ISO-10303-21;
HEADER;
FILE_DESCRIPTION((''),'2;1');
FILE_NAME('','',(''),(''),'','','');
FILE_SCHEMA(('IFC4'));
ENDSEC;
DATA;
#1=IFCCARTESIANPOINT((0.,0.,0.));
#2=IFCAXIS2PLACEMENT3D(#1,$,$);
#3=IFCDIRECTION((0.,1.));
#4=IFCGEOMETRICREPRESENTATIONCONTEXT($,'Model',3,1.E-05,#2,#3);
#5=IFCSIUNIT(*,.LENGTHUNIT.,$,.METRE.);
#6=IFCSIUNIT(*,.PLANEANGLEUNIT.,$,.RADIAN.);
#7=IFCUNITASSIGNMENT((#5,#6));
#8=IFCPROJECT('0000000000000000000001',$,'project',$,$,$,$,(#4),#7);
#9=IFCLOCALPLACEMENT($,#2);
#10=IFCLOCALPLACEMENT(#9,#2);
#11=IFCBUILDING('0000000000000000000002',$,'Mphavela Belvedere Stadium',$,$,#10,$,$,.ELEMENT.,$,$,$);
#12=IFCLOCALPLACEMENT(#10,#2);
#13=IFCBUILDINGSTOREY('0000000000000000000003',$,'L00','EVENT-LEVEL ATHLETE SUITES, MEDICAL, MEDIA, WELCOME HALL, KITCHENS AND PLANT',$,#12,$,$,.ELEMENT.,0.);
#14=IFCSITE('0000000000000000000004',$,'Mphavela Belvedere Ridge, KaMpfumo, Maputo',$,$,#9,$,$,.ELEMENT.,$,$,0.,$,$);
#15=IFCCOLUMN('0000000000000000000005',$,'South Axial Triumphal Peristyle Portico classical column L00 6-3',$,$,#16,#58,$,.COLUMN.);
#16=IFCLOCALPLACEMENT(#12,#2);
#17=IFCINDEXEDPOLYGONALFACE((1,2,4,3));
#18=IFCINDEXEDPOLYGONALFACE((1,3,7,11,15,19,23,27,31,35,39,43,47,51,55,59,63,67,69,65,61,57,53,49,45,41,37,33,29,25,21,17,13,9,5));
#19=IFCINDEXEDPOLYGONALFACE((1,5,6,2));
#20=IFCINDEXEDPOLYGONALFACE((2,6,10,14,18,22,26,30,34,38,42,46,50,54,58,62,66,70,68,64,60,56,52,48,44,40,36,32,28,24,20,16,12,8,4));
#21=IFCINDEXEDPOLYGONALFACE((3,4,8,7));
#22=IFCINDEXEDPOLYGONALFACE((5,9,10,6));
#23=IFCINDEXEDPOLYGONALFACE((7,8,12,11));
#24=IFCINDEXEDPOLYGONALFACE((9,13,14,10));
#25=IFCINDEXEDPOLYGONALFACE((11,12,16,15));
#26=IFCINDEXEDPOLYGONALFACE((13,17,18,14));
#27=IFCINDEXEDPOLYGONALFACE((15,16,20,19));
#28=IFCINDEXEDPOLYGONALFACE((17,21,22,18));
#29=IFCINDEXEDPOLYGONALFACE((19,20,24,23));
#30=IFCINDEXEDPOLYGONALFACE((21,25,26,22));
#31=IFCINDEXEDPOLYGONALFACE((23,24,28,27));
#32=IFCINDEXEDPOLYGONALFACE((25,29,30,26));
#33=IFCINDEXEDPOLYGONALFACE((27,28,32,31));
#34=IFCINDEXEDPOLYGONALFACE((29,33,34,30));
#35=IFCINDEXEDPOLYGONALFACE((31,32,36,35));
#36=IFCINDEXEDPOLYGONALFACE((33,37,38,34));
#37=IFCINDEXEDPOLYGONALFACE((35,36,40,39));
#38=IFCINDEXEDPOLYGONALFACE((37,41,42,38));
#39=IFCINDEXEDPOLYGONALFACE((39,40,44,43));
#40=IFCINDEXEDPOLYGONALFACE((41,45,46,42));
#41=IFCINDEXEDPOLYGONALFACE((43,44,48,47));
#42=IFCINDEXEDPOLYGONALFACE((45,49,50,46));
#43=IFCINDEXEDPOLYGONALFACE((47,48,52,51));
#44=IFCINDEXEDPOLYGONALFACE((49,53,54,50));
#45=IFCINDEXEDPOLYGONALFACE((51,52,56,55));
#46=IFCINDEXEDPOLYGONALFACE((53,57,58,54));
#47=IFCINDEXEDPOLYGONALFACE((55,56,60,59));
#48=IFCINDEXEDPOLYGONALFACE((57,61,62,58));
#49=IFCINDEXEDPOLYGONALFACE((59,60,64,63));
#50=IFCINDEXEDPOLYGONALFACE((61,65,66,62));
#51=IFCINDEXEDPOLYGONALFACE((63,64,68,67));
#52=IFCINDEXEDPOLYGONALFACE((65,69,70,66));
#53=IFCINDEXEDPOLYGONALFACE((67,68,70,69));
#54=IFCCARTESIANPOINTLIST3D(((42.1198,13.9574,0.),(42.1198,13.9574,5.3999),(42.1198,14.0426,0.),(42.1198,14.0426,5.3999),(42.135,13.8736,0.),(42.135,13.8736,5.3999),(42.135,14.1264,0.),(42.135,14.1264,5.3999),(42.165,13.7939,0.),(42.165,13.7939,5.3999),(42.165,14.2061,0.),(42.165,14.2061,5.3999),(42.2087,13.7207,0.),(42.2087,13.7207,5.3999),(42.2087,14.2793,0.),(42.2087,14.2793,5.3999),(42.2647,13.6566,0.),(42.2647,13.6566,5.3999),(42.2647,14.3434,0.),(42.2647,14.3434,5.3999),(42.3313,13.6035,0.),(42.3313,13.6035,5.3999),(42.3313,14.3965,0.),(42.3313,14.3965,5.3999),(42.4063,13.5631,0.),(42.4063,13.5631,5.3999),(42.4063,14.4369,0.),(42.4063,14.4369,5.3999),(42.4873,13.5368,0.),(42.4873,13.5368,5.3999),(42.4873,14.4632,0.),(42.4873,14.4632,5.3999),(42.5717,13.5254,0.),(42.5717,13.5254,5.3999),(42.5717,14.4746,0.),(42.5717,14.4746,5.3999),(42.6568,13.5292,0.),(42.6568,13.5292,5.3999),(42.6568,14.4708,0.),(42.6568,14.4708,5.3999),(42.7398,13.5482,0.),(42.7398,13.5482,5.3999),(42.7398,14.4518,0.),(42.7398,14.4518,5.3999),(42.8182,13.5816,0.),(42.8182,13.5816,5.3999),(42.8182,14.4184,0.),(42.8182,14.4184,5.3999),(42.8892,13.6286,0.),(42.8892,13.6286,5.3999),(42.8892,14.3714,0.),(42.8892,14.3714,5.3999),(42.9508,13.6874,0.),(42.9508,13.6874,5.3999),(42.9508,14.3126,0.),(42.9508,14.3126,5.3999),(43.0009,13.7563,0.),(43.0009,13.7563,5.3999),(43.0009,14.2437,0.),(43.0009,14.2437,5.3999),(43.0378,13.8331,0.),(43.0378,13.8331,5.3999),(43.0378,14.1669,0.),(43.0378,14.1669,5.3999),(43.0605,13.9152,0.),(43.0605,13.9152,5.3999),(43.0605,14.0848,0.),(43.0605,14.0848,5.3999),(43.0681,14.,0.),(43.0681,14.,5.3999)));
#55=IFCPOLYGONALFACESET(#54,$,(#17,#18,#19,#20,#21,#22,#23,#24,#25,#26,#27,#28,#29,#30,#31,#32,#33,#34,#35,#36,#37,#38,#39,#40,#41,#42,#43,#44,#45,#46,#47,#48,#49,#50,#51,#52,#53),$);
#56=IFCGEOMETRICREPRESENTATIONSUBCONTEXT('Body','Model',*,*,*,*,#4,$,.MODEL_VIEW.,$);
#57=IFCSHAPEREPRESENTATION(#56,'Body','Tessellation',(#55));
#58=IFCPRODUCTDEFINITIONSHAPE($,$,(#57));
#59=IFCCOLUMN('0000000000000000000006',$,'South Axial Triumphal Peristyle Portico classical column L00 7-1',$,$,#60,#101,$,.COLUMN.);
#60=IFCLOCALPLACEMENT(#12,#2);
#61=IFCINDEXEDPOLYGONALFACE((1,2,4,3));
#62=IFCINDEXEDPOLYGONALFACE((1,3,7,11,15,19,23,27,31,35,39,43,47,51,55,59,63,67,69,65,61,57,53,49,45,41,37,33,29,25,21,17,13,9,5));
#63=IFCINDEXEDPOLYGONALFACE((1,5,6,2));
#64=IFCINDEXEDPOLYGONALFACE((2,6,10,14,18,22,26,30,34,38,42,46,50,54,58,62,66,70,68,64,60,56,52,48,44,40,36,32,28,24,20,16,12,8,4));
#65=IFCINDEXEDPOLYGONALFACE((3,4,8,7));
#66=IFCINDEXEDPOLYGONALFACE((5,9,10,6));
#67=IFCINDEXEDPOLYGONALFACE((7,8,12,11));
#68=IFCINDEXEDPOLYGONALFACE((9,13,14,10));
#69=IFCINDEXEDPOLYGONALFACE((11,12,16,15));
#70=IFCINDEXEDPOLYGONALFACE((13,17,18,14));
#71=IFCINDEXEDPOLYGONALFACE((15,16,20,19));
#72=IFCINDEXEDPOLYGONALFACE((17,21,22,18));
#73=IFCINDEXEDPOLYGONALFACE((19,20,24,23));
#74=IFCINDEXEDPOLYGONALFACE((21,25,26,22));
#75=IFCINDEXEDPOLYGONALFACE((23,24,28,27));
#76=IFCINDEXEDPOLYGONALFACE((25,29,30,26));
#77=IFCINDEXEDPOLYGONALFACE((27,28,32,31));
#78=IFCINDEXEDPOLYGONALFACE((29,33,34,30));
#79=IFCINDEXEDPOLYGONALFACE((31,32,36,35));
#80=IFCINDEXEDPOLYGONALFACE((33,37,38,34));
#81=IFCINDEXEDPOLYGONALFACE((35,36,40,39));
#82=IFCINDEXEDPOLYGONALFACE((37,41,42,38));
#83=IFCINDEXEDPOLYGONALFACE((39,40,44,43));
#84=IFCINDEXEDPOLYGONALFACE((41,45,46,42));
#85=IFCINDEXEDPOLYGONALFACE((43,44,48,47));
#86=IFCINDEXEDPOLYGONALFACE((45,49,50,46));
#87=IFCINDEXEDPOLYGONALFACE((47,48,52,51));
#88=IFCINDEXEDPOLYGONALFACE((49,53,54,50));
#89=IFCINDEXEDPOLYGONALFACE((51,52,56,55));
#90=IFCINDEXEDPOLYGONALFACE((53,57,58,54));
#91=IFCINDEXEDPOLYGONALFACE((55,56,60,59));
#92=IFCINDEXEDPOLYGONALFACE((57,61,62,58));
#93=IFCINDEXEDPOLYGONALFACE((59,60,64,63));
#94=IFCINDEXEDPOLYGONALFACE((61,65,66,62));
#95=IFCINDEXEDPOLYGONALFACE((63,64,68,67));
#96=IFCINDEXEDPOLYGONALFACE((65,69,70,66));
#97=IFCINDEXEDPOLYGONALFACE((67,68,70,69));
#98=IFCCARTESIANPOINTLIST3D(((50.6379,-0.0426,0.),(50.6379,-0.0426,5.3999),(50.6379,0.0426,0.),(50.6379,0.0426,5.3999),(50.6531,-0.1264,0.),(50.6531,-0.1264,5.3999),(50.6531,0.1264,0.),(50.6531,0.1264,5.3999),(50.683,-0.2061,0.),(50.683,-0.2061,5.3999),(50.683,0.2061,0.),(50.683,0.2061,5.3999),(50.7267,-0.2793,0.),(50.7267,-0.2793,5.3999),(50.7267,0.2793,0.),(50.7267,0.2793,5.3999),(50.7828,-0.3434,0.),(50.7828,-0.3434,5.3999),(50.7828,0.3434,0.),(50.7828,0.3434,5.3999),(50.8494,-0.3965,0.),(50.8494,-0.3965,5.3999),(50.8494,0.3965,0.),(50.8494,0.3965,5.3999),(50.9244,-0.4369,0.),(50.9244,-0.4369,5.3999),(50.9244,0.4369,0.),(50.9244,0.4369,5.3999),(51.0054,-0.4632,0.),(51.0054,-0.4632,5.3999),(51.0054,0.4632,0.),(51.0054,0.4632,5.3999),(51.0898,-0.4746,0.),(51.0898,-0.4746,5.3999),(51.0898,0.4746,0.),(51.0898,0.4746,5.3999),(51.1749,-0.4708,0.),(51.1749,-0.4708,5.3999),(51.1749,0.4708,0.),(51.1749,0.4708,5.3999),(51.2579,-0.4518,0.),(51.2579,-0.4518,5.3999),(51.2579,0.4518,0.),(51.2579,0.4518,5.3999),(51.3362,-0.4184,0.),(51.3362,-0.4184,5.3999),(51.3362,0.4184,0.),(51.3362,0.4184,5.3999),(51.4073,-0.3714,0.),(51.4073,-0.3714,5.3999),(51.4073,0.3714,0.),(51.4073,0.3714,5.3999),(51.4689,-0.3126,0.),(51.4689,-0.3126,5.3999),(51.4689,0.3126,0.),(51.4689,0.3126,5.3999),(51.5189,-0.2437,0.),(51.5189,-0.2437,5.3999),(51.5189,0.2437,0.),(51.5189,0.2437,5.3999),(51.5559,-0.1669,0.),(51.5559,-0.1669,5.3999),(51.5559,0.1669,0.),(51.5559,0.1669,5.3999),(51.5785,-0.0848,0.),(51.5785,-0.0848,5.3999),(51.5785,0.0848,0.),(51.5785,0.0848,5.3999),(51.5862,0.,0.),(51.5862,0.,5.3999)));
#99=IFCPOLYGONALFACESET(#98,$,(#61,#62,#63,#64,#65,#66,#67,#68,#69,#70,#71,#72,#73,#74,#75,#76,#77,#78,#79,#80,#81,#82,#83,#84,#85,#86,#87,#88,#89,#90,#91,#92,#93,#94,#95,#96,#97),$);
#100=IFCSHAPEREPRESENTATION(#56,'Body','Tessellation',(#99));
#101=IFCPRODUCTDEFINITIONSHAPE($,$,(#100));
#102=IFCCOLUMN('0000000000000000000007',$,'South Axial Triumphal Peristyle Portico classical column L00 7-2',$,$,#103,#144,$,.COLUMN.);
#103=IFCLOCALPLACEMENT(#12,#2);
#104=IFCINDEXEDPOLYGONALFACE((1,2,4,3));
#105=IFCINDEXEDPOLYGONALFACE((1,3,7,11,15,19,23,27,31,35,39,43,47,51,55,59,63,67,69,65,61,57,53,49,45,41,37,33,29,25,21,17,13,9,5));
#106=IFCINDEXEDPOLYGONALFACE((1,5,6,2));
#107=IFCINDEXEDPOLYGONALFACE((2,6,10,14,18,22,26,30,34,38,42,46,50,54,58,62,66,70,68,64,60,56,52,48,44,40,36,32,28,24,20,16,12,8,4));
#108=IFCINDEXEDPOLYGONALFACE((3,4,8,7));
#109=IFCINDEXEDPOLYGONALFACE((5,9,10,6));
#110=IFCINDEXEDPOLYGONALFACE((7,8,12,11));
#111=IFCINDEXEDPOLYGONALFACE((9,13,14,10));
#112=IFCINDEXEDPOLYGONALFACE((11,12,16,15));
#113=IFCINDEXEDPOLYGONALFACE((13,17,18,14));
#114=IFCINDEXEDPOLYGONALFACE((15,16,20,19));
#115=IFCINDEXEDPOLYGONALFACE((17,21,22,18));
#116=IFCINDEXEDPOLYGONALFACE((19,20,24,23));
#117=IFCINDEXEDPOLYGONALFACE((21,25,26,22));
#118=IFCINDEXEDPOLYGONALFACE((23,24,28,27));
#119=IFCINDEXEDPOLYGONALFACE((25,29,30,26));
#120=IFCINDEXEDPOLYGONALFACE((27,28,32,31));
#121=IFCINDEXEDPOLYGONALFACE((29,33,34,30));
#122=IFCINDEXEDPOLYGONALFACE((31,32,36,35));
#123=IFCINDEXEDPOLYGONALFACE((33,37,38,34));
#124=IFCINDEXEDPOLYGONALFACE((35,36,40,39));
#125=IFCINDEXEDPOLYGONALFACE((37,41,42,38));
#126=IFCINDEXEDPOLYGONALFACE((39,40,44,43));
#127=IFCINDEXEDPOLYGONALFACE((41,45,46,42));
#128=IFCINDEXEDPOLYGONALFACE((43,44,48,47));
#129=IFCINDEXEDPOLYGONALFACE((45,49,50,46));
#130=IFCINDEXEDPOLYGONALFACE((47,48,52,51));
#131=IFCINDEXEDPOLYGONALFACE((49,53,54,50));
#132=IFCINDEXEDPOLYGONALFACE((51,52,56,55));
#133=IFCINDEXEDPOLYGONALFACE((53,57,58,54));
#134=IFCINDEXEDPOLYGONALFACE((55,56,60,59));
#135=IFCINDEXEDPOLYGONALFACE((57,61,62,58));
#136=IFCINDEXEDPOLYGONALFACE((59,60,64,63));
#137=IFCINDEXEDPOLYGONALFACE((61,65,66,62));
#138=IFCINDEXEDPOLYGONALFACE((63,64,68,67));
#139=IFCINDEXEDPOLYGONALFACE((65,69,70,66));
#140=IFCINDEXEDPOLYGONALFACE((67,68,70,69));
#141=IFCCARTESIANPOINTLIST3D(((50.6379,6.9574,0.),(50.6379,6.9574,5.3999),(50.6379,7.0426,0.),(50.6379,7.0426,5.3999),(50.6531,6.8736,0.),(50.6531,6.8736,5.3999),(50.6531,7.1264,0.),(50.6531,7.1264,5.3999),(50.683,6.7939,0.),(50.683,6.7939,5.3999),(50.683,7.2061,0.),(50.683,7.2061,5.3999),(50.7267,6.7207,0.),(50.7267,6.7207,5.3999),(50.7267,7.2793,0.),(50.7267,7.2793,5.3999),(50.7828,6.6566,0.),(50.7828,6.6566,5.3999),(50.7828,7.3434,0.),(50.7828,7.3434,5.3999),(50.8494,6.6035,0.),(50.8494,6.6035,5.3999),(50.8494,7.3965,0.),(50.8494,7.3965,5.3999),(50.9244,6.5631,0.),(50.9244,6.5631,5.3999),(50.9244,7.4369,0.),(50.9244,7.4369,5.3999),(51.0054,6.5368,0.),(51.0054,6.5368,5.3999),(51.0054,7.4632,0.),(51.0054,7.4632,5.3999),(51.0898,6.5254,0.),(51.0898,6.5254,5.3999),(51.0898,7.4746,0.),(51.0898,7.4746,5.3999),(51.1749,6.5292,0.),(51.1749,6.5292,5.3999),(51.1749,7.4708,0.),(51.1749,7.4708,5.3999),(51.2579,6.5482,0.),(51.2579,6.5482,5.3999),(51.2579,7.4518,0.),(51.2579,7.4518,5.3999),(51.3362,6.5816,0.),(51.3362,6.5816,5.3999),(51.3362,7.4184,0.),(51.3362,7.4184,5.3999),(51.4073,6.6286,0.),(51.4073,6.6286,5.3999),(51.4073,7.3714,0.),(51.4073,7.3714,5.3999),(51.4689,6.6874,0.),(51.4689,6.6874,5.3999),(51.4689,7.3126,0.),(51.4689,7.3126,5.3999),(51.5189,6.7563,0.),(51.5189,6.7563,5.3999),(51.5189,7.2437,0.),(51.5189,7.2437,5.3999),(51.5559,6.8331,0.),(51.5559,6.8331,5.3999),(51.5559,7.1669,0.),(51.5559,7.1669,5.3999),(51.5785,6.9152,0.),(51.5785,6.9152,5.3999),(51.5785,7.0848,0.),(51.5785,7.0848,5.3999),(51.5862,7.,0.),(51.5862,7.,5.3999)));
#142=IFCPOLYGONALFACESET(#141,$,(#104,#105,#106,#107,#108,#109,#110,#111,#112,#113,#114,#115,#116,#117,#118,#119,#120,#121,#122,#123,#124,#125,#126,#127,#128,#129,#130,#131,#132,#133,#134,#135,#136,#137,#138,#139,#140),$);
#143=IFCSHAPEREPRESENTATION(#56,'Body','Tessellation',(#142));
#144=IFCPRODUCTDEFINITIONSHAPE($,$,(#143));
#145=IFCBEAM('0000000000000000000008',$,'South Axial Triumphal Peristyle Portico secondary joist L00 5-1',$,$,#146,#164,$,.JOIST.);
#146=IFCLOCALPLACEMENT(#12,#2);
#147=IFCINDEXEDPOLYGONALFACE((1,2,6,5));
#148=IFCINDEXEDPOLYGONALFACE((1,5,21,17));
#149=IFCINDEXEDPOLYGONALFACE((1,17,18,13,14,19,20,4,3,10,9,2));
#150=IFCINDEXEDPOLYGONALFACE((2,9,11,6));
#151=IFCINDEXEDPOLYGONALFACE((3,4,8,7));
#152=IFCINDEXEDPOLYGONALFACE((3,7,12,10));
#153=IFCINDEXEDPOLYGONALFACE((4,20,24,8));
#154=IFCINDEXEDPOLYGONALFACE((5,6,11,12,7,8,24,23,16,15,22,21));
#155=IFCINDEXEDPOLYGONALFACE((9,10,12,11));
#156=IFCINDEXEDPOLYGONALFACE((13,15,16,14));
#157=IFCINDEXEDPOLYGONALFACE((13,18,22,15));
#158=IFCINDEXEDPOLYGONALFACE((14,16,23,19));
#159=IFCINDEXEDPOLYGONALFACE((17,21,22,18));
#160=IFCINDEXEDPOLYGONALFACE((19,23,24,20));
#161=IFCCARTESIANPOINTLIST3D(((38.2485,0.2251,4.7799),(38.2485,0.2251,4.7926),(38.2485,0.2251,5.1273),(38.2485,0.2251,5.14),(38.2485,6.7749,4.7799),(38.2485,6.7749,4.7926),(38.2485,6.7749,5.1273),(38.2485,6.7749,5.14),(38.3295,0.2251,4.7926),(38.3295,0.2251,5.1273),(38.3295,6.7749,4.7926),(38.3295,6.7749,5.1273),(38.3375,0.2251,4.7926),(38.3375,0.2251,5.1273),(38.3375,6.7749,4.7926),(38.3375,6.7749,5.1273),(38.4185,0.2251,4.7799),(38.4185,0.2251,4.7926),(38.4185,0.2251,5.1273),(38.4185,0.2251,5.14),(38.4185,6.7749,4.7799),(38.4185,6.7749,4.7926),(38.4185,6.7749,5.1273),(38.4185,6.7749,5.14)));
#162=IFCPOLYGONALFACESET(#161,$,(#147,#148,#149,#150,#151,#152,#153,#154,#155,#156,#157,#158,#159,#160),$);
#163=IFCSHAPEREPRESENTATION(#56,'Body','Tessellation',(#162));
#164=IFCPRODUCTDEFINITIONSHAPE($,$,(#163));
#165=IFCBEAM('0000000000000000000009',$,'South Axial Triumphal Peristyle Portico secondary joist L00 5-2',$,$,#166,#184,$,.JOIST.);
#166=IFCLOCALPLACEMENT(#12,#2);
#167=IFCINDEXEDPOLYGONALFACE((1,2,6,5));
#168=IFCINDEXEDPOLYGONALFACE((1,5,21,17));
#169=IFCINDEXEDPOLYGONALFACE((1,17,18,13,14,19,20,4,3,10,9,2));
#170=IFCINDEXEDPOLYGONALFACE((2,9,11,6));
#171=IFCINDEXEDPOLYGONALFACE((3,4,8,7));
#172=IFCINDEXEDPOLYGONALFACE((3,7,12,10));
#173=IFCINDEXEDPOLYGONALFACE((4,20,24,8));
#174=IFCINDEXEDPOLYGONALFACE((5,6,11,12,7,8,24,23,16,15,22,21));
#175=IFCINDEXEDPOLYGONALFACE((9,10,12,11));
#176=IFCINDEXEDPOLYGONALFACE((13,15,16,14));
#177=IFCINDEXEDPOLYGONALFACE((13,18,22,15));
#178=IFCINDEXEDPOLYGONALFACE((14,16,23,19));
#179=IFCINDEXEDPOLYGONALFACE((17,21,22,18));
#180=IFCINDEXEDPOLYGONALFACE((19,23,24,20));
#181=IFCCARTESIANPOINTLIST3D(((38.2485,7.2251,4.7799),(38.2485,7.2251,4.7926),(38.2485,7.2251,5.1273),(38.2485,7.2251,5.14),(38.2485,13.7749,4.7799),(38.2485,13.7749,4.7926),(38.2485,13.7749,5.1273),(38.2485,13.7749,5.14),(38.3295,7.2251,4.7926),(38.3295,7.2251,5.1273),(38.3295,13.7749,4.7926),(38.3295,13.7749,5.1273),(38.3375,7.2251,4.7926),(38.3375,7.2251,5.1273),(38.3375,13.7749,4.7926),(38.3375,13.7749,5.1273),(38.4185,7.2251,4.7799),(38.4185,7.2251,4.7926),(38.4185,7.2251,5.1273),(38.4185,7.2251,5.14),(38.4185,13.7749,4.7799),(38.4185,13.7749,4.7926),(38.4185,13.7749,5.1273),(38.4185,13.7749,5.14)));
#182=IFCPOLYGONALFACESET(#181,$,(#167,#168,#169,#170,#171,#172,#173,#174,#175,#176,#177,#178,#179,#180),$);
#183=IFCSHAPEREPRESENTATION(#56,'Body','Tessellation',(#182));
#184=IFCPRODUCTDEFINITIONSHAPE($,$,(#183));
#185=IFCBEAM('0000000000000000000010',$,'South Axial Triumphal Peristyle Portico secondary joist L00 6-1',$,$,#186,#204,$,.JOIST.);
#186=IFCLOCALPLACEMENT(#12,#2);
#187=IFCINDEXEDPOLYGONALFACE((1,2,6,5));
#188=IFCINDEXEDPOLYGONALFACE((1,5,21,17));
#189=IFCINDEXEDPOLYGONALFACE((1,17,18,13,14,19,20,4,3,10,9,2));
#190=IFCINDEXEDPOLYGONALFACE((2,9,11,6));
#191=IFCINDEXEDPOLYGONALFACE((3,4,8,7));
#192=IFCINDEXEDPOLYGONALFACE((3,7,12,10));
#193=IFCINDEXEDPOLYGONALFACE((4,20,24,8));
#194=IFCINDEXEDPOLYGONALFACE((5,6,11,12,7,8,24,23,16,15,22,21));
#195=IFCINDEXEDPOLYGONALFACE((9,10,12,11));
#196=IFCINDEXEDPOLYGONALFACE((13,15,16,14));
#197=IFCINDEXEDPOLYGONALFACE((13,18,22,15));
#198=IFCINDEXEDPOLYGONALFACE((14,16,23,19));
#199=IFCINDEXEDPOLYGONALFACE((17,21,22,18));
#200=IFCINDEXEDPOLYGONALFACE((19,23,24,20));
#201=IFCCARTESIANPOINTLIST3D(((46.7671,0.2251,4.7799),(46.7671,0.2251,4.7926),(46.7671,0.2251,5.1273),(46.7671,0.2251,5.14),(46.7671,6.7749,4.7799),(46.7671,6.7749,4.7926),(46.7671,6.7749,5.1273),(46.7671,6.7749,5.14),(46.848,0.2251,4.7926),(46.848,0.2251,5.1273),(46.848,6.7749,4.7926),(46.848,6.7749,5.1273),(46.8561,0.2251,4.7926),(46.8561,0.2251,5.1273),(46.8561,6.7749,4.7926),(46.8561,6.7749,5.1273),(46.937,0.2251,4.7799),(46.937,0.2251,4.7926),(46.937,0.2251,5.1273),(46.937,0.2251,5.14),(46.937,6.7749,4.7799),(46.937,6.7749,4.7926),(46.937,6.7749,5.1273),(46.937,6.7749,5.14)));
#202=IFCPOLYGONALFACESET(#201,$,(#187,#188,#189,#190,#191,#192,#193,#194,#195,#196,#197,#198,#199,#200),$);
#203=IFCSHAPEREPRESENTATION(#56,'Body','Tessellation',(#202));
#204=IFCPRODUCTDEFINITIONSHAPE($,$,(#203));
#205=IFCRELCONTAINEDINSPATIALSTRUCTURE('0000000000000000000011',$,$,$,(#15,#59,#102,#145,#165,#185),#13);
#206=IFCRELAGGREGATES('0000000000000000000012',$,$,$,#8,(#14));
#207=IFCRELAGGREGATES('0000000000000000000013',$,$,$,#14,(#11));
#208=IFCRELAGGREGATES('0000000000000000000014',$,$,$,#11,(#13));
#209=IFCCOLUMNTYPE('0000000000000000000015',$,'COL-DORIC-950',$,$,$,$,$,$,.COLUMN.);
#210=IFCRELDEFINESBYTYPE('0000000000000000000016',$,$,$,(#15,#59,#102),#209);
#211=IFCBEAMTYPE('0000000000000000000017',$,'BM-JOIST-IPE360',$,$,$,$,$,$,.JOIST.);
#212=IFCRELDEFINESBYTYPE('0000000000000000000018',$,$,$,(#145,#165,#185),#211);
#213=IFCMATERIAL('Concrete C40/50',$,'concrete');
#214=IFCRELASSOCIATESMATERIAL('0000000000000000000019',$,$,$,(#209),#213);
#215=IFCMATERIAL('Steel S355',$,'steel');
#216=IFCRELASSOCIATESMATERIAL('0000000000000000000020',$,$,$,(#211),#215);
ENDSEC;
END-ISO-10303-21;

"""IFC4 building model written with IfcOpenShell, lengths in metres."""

from ifc_helpers import new_model, si_unit, direction, frame, origin, origin_2d, place, context, subcontext, project, spatial, circle, i_section, extrude, material, material_profile, profile_set, type_object, element, save


model = new_model("IFC4")

# Units and contexts
model_context = context("Model", 3, precision=1e-05, world=origin(), true_north=direction((0.0, 1.0)))
body_context = subcontext(model_context, "Body", "Model", "MODEL_VIEW")
ifc_project = project(units=[si_unit("LENGTHUNIT", "METRE"), si_unit("PLANEANGLEUNIT", "RADIAN")], contexts=[model_context])

# Site, building, storey
site_placement = place(None, origin())
site = spatial("IfcSite", under=ifc_project, at=site_placement, Name="Mphavela Belvedere Ridge, KaMpfumo, Maputo", CompositionType="ELEMENT", RefElevation=0.0)
building_placement = place(site_placement, origin())
building = spatial("IfcBuilding", under=site, at=building_placement, Name="Mphavela Belvedere Stadium", CompositionType="ELEMENT")
storey_placement = place(building_placement, origin())
storey = spatial("IfcBuildingStorey", under=building, at=storey_placement, Name="L00", Description="EVENT-LEVEL ATHLETE SUITES, MEDICAL, MEDIA, WELCOME HALL, KITCHENS AND PLANT", CompositionType="ELEMENT", Elevation=0.0)

# Columns
ifc_material_1 = material(Name="Concrete C40/50", Category="concrete")
ifc_material_profile_1 = material_profile(ifc_material_1, circle(Radius=0.4751, at=origin_2d()), Name="COL D950")
ifc_profile_set_1 = profile_set([ifc_material_profile_1], Name="Concrete C40/50")
column_type = type_object("IfcColumnType", Name="COL-DORIC-950", PredefinedType="COLUMN", material=ifc_profile_set_1)
for number, where, z_axis, x_axis, name in (
    (1, (42.593, 14.0, 0.0), (0.0, 0.0, 1.0), (1.0, 0.0, 0.0), "South Axial Triumphal Peristyle Portico classical column L00 6-3"),
    (2, (51.1111, 0.0, 0.0), (0.0, 0.0, 1.0), (1.0, 0.0, 0.0), "South Axial Triumphal Peristyle Portico classical column L00 7-1"),
    (3, (51.1111, 7.0, 0.0), (0.0, 0.0, 1.0), (1.0, 0.0, 0.0), "South Axial Triumphal Peristyle Portico classical column L00 7-2"),
):
    element("IfcColumn", number, at=place(storey_placement, frame(where, z_axis=z_axis, x_axis=x_axis)), inside=storey, type_object=column_type, Name=name, PredefinedType="COLUMN", context=body_context, shape_type="SweptSolid", body=[
        extrude(circle(Radius=0.4751, at=origin_2d()), origin(), (0.0, 0.0, 1.0), 5.3999),
    ])

# Beams
ifc_material_2 = material(Name="Steel S355", Category="steel")
ifc_material_profile_2 = material_profile(ifc_material_2, i_section(OverallWidth=0.1699, OverallDepth=0.3601, WebThickness=0.0081, FlangeThickness=0.0127, at=origin_2d()), Name="IPE 360")
ifc_profile_set_2 = profile_set([ifc_material_profile_2], Name="Steel S355")
beam_type_1 = type_object("IfcBeamType", Name="BM-JOIST-IPE360", PredefinedType="JOIST", material=ifc_profile_set_2)
for number, where, z_axis, x_axis, name in (
    (4, (38.3335, 0.2251, 4.96), (0.0, 1.0, 0.0), (-1.0, 0.0, 0.0), "South Axial Triumphal Peristyle Portico secondary joist L00 5-1"),
    (5, (38.3335, 7.2251, 4.96), (0.0, 1.0, 0.0), (-1.0, 0.0, 0.0), "South Axial Triumphal Peristyle Portico secondary joist L00 5-2"),
    (6, (46.8521, 0.2251, 4.96), (0.0, 1.0, 0.0), (-1.0, 0.0, 0.0), "South Axial Triumphal Peristyle Portico secondary joist L00 6-1"),
):
    element("IfcBeam", number, at=place(storey_placement, frame(where, z_axis=z_axis, x_axis=x_axis)), inside=storey, type_object=beam_type_1, Name=name, PredefinedType="JOIST", context=body_context, shape_type="SweptSolid", body=[
        extrude(i_section(OverallWidth=0.1699, OverallDepth=0.3601, WebThickness=0.0081, FlangeThickness=0.0127, at=origin_2d()), origin(), (0.0, 0.0, 1.0), 6.5498),
    ])

save(model, "model.ifc")
